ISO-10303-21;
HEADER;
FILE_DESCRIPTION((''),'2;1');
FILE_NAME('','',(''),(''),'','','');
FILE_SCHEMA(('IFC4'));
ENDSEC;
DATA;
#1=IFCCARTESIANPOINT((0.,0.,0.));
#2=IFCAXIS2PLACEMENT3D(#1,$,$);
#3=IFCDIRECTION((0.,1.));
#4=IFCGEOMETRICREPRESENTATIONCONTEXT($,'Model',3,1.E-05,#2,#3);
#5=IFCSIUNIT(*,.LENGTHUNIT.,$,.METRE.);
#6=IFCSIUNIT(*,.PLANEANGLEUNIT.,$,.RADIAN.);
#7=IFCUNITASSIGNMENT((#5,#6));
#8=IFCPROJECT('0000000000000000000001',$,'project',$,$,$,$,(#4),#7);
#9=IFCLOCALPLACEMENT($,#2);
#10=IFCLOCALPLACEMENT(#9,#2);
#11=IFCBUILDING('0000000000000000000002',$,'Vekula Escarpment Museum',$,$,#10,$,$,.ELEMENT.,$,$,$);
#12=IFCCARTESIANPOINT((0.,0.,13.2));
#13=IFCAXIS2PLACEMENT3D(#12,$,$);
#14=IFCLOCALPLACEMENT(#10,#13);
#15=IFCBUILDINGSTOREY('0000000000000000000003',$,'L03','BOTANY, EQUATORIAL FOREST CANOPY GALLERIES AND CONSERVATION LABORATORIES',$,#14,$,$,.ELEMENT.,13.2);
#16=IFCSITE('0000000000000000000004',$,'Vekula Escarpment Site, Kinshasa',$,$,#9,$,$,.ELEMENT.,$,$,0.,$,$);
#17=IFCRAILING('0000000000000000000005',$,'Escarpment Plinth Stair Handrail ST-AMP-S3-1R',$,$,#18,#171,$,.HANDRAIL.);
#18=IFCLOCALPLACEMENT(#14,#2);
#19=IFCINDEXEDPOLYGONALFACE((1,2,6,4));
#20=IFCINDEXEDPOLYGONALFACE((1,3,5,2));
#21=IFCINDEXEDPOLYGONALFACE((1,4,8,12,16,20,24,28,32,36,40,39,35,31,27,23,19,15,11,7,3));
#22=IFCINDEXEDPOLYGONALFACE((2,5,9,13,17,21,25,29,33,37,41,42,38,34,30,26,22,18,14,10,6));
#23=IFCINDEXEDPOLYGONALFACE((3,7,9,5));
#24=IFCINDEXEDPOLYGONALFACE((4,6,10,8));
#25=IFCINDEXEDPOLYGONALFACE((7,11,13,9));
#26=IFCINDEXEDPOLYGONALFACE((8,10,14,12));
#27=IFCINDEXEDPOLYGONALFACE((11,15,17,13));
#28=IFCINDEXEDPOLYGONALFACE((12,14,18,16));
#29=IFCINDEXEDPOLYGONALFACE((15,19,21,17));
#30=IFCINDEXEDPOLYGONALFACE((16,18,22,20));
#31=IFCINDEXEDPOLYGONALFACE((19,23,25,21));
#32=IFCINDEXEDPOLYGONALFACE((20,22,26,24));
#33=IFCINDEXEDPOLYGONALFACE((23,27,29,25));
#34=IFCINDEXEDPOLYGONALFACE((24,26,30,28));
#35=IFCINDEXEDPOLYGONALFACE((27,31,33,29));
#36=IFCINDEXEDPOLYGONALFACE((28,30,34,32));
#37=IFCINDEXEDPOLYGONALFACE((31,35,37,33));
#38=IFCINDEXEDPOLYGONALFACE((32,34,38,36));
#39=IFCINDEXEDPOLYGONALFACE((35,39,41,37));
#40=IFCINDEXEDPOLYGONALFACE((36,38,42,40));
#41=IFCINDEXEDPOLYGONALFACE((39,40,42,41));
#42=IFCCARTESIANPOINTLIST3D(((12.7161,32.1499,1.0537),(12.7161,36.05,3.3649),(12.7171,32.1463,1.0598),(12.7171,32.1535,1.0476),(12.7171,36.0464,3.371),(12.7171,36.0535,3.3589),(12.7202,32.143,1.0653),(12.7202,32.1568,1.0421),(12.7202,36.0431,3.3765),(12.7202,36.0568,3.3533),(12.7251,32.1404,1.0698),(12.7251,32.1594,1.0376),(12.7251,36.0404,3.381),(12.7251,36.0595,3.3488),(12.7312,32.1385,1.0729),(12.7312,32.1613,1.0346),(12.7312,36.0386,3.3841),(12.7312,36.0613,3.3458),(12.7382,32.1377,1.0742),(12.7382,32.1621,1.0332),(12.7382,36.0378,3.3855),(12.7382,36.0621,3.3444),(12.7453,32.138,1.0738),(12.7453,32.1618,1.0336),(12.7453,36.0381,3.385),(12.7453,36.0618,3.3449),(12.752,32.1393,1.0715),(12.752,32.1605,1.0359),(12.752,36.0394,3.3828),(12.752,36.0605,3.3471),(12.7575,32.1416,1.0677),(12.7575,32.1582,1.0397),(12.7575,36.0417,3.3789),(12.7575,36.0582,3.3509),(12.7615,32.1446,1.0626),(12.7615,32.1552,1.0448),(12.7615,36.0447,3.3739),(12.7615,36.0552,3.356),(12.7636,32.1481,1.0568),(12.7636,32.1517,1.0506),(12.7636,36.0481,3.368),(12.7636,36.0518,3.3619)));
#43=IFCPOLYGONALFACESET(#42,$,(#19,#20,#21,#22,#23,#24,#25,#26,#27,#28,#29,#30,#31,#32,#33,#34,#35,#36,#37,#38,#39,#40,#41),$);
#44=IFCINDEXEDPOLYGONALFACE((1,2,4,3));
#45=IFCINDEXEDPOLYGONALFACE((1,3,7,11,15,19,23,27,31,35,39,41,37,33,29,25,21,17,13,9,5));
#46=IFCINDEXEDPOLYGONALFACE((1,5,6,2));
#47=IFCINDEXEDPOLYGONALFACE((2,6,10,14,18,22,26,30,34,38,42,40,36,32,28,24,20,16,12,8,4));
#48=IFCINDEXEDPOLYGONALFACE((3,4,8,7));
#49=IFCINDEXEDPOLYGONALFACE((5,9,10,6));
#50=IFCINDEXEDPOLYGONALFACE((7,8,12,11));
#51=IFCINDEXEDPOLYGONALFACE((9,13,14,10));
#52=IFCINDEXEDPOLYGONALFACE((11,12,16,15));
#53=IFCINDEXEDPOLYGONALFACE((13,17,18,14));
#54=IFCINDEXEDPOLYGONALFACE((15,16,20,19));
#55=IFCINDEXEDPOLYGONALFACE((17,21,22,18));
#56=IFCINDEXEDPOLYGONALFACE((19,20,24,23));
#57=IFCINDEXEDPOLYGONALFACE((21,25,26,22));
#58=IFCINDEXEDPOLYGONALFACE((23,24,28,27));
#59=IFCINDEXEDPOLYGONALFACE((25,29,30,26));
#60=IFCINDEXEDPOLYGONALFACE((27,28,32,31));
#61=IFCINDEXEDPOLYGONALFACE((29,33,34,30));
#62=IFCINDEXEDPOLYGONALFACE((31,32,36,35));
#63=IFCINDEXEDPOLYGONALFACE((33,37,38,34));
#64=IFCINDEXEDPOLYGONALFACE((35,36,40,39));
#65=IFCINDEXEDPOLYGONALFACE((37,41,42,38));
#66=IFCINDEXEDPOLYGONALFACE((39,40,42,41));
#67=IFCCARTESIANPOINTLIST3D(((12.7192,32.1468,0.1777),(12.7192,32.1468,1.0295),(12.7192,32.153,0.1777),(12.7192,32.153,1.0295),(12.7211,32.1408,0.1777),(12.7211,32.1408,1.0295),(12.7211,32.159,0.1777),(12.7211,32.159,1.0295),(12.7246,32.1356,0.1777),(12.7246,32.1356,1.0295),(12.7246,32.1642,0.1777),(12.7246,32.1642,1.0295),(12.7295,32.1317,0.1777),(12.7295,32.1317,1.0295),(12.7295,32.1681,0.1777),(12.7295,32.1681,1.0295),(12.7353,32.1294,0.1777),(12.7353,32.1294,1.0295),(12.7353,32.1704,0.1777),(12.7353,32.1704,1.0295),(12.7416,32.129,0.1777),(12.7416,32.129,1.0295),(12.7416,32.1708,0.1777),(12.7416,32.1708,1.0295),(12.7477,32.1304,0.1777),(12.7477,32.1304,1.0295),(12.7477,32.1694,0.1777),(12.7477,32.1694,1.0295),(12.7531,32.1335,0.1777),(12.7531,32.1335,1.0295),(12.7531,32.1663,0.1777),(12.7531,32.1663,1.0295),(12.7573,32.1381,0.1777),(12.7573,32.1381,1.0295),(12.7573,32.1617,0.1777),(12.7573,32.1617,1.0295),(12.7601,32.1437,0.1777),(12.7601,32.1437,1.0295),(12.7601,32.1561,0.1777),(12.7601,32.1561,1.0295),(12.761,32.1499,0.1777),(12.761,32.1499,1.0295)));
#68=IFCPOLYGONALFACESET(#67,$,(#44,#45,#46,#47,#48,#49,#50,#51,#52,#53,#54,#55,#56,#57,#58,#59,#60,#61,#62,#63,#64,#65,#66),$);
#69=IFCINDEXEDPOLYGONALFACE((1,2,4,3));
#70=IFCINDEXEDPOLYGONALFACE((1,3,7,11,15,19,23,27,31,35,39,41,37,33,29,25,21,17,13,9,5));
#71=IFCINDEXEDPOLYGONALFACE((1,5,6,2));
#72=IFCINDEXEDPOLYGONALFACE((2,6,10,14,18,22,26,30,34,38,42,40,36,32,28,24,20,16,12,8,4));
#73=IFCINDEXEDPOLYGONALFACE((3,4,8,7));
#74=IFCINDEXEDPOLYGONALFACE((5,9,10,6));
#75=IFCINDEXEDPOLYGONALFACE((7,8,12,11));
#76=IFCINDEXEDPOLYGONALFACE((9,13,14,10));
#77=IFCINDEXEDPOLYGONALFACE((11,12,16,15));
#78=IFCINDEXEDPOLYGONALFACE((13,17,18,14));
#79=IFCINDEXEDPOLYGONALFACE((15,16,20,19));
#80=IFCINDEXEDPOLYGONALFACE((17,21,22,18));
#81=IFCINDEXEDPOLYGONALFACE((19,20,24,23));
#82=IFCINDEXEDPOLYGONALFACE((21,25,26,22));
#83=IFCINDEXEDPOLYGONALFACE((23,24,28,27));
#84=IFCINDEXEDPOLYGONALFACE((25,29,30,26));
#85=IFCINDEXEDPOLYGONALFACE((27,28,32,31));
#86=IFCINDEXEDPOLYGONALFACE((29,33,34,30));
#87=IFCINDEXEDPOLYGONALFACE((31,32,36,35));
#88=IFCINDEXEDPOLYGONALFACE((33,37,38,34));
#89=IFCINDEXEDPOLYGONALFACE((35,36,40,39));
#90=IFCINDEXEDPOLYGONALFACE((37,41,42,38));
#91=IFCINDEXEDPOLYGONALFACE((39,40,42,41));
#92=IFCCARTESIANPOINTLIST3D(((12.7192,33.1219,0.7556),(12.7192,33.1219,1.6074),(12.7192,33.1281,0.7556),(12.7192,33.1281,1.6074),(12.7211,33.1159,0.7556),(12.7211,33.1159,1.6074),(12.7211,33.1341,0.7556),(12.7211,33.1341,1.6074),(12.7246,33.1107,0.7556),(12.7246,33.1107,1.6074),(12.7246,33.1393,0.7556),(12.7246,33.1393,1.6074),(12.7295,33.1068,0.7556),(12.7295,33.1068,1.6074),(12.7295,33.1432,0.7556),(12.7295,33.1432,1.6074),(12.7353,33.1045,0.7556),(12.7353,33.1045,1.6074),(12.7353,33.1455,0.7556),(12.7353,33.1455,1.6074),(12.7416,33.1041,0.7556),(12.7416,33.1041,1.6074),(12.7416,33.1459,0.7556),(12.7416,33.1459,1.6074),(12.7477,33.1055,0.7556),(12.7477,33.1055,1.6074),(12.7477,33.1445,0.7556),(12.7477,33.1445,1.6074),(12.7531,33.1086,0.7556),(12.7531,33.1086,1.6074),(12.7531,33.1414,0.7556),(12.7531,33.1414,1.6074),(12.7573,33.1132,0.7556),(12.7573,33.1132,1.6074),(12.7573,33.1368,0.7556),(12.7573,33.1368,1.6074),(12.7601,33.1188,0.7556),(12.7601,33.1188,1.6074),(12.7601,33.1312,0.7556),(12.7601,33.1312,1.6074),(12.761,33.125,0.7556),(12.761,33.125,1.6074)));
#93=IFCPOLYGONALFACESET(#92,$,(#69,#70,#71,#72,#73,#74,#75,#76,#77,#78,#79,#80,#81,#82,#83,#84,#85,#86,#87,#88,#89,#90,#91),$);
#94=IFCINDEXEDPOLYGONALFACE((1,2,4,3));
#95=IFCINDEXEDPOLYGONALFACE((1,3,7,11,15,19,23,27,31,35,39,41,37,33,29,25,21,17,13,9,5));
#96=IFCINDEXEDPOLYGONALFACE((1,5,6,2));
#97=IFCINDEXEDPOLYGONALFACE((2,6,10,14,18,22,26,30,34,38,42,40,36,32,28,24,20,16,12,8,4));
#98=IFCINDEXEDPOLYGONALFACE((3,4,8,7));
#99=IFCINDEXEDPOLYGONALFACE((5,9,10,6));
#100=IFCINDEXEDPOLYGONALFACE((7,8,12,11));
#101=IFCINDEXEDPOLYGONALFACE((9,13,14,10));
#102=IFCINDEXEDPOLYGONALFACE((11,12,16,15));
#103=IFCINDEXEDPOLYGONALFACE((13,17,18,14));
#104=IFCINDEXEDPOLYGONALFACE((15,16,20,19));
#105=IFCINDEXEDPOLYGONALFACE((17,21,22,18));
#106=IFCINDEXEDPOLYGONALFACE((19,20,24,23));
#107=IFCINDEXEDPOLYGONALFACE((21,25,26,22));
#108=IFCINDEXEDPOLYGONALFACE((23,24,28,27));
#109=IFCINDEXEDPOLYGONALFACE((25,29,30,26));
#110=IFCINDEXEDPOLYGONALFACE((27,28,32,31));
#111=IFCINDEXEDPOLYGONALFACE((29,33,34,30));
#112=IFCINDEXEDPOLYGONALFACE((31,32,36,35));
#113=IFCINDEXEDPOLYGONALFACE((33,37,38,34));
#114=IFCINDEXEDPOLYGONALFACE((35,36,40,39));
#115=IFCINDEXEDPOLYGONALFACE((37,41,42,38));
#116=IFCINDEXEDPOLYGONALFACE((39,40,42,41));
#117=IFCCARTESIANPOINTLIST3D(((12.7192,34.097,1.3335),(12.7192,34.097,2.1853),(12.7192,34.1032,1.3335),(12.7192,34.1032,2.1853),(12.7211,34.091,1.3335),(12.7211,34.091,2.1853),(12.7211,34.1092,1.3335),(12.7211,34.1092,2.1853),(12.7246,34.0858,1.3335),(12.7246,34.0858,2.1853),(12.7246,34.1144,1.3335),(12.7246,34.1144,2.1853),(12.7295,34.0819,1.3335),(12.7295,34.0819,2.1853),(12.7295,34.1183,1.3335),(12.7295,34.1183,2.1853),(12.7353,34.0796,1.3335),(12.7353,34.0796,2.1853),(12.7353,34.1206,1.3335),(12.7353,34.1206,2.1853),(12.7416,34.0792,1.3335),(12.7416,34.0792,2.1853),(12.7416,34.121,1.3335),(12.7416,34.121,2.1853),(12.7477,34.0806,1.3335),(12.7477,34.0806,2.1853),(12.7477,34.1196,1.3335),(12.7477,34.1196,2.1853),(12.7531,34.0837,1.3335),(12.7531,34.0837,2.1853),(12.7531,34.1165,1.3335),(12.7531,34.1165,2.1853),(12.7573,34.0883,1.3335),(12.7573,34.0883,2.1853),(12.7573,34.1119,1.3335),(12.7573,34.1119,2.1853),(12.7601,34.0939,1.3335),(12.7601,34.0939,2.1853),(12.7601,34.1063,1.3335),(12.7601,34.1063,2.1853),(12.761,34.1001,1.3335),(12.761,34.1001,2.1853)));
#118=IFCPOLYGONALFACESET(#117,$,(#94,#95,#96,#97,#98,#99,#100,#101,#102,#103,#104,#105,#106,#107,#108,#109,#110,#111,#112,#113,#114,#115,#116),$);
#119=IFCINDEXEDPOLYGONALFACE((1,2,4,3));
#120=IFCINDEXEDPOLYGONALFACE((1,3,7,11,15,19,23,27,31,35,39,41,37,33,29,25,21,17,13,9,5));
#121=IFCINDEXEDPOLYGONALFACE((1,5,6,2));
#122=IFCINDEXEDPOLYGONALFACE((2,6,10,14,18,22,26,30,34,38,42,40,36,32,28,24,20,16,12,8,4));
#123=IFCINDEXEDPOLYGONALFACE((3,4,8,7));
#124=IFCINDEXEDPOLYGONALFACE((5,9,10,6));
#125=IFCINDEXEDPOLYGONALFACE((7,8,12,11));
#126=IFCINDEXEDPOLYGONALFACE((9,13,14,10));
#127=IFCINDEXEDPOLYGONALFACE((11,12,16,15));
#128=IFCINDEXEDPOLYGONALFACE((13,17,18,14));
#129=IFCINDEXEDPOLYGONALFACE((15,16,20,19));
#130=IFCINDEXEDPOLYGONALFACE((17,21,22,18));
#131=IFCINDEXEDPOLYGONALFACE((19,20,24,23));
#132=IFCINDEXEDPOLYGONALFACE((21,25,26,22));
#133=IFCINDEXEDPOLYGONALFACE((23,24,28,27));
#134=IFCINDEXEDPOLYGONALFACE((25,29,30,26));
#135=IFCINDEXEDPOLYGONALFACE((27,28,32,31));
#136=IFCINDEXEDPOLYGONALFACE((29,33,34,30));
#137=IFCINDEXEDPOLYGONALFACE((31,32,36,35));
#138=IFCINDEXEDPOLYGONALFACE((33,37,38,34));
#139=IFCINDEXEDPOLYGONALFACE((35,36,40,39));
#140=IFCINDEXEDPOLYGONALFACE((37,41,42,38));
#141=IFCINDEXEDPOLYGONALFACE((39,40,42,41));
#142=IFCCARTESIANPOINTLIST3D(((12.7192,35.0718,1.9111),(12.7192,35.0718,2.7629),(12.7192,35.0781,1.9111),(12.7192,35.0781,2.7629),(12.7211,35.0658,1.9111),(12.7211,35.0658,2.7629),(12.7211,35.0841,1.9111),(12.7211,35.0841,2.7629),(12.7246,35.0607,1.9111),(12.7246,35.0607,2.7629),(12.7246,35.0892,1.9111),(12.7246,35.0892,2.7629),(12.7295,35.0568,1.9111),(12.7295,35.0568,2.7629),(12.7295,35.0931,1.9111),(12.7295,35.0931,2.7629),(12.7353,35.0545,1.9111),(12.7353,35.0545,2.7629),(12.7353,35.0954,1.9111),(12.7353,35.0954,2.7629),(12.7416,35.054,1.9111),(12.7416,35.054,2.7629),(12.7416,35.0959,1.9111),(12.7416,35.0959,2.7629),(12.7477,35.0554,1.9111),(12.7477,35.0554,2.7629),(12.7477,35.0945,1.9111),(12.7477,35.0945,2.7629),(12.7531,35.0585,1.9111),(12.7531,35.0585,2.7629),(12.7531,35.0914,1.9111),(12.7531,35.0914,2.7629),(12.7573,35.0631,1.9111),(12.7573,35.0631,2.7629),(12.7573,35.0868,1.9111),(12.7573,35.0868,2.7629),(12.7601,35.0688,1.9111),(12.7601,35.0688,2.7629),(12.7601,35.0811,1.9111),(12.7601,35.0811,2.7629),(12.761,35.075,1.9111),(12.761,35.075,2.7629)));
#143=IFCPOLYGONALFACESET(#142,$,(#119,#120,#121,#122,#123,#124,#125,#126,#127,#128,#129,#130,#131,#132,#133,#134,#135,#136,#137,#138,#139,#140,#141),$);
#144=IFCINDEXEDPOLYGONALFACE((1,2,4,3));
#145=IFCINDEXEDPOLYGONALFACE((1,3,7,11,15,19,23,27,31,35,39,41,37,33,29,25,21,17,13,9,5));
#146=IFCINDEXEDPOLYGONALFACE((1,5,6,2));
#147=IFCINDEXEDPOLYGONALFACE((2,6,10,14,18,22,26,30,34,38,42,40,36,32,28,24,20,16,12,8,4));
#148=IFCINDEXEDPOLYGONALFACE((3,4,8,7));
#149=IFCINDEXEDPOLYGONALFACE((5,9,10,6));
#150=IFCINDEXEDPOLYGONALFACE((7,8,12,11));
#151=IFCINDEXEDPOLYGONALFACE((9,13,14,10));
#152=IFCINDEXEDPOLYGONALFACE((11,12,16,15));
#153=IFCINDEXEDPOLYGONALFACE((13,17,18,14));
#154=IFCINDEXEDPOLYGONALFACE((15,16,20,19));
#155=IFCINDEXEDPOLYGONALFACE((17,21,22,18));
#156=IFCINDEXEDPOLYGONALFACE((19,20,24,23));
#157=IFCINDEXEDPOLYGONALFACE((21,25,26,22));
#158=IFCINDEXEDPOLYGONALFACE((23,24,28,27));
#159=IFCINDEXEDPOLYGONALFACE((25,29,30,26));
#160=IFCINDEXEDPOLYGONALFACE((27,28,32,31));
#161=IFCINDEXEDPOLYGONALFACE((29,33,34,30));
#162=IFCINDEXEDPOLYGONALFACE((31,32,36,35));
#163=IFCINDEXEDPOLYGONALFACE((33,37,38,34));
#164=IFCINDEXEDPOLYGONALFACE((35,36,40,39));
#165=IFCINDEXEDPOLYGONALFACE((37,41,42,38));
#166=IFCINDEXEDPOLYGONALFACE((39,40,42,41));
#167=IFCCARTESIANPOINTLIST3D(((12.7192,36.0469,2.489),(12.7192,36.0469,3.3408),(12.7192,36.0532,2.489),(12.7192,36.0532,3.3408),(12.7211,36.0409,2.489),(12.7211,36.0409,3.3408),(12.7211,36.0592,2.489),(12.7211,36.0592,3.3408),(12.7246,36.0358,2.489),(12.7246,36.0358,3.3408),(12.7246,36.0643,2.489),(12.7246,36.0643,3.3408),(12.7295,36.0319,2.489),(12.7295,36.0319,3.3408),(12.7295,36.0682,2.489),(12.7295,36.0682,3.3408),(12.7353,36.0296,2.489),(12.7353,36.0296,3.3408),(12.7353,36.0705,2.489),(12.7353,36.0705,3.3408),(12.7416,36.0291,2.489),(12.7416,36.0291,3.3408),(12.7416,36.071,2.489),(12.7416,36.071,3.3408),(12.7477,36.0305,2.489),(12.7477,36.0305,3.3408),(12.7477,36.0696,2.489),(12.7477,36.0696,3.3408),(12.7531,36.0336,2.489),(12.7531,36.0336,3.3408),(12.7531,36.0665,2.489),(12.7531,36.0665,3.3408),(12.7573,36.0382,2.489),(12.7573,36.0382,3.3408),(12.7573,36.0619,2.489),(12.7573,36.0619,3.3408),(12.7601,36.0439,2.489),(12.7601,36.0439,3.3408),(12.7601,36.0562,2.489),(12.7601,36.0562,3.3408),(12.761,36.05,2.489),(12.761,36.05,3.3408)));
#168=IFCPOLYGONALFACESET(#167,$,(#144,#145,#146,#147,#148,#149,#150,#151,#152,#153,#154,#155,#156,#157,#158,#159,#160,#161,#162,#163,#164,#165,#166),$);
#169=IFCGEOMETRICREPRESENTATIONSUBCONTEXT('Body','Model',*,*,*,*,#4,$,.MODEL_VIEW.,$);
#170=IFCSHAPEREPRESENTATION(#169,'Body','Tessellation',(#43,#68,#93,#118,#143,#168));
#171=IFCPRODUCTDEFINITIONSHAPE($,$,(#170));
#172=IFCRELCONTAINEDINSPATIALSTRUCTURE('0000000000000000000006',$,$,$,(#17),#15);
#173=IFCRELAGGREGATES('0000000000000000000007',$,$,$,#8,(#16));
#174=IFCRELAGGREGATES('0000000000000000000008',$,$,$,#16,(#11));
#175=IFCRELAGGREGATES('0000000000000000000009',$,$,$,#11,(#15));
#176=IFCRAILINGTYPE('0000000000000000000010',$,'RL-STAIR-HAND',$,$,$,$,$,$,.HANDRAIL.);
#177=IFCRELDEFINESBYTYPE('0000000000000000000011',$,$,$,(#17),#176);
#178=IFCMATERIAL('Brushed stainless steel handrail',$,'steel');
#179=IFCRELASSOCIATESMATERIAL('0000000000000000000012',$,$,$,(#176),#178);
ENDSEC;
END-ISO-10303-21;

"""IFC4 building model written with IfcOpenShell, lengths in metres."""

from ifc_helpers import new_model, si_unit, direction, frame, origin, origin_2d, place, context, subcontext, project, spatial, circle, extrude, material, type_object, element, save


model = new_model("IFC4")

# Units and contexts
model_context = context("Model", 3, precision=1e-05, world=origin(), true_north=direction((0.0, 1.0)))
body_context = subcontext(model_context, "Body", "Model", "MODEL_VIEW")
ifc_project = project(units=[si_unit("LENGTHUNIT", "METRE"), si_unit("PLANEANGLEUNIT", "RADIAN")], contexts=[model_context])

# Site, building, storey
site_placement = place(None, origin())
site = spatial("IfcSite", under=ifc_project, at=site_placement, Name="Vekula Escarpment Site, Kinshasa", CompositionType="ELEMENT", RefElevation=0.0)
building_placement = place(site_placement, origin())
building = spatial("IfcBuilding", under=site, at=building_placement, Name="Vekula Escarpment Museum", CompositionType="ELEMENT")
storey_placement = place(building_placement, frame((0.0, 0.0, 13.2)))
storey = spatial("IfcBuildingStorey", under=building, at=storey_placement, Name="L03", Description="BOTANY, EQUATORIAL FOREST CANOPY GALLERIES AND CONSERVATION LABORATORIES", CompositionType="ELEMENT", Elevation=13.2)

# Railing
ifc_material_1 = material(Name="Brushed stainless steel handrail", Category="steel")
railing_type_1 = type_object("IfcRailingType", Name="RL-STAIR-HAND", PredefinedType="HANDRAIL", material=ifc_material_1)
for number, where, name in (
    (1, (12.74, 32.1499, 0.1777), "Escarpment Plinth Stair Handrail ST-AMP-S3-1R"),
):
    element("IfcRailing", number, at=place(storey_placement, frame(where)), inside=storey, type_object=railing_type_1, Name=name, PredefinedType="HANDRAIL", context=body_context, shape_type="SweptSolid", body=[
        extrude(circle(Radius=0.0239, at=origin_2d()), frame((0.0, 0.0, 0.876), z_axis=(0.0, 0.860284, 0.509816), x_axis=(-1.0, 0.0, 0.0)), (0.0, 0.0, 1.0), 4.5334),
        extrude(circle(Radius=0.021, at=origin_2d()), origin(), (0.0, 0.0, 1.0), 0.8518),
        extrude(circle(Radius=0.021, at=origin_2d()), frame((0.0, 0.9751, 0.5779)), (0.0, 0.0, 1.0), 0.8518),
        extrude(circle(Radius=0.021, at=origin_2d()), frame((0.0, 1.9502, 1.1558)), (0.0, 0.0, 1.0), 0.8518),
        extrude(circle(Radius=0.021, at=origin_2d()), frame((0.0, 2.925, 1.7334)), (0.0, 0.0, 1.0), 0.8518),
        extrude(circle(Radius=0.021, at=origin_2d()), frame((0.0, 3.9001, 2.3113)), (0.0, 0.0, 1.0), 0.8518),
    ])

save(model, "model.ifc")
